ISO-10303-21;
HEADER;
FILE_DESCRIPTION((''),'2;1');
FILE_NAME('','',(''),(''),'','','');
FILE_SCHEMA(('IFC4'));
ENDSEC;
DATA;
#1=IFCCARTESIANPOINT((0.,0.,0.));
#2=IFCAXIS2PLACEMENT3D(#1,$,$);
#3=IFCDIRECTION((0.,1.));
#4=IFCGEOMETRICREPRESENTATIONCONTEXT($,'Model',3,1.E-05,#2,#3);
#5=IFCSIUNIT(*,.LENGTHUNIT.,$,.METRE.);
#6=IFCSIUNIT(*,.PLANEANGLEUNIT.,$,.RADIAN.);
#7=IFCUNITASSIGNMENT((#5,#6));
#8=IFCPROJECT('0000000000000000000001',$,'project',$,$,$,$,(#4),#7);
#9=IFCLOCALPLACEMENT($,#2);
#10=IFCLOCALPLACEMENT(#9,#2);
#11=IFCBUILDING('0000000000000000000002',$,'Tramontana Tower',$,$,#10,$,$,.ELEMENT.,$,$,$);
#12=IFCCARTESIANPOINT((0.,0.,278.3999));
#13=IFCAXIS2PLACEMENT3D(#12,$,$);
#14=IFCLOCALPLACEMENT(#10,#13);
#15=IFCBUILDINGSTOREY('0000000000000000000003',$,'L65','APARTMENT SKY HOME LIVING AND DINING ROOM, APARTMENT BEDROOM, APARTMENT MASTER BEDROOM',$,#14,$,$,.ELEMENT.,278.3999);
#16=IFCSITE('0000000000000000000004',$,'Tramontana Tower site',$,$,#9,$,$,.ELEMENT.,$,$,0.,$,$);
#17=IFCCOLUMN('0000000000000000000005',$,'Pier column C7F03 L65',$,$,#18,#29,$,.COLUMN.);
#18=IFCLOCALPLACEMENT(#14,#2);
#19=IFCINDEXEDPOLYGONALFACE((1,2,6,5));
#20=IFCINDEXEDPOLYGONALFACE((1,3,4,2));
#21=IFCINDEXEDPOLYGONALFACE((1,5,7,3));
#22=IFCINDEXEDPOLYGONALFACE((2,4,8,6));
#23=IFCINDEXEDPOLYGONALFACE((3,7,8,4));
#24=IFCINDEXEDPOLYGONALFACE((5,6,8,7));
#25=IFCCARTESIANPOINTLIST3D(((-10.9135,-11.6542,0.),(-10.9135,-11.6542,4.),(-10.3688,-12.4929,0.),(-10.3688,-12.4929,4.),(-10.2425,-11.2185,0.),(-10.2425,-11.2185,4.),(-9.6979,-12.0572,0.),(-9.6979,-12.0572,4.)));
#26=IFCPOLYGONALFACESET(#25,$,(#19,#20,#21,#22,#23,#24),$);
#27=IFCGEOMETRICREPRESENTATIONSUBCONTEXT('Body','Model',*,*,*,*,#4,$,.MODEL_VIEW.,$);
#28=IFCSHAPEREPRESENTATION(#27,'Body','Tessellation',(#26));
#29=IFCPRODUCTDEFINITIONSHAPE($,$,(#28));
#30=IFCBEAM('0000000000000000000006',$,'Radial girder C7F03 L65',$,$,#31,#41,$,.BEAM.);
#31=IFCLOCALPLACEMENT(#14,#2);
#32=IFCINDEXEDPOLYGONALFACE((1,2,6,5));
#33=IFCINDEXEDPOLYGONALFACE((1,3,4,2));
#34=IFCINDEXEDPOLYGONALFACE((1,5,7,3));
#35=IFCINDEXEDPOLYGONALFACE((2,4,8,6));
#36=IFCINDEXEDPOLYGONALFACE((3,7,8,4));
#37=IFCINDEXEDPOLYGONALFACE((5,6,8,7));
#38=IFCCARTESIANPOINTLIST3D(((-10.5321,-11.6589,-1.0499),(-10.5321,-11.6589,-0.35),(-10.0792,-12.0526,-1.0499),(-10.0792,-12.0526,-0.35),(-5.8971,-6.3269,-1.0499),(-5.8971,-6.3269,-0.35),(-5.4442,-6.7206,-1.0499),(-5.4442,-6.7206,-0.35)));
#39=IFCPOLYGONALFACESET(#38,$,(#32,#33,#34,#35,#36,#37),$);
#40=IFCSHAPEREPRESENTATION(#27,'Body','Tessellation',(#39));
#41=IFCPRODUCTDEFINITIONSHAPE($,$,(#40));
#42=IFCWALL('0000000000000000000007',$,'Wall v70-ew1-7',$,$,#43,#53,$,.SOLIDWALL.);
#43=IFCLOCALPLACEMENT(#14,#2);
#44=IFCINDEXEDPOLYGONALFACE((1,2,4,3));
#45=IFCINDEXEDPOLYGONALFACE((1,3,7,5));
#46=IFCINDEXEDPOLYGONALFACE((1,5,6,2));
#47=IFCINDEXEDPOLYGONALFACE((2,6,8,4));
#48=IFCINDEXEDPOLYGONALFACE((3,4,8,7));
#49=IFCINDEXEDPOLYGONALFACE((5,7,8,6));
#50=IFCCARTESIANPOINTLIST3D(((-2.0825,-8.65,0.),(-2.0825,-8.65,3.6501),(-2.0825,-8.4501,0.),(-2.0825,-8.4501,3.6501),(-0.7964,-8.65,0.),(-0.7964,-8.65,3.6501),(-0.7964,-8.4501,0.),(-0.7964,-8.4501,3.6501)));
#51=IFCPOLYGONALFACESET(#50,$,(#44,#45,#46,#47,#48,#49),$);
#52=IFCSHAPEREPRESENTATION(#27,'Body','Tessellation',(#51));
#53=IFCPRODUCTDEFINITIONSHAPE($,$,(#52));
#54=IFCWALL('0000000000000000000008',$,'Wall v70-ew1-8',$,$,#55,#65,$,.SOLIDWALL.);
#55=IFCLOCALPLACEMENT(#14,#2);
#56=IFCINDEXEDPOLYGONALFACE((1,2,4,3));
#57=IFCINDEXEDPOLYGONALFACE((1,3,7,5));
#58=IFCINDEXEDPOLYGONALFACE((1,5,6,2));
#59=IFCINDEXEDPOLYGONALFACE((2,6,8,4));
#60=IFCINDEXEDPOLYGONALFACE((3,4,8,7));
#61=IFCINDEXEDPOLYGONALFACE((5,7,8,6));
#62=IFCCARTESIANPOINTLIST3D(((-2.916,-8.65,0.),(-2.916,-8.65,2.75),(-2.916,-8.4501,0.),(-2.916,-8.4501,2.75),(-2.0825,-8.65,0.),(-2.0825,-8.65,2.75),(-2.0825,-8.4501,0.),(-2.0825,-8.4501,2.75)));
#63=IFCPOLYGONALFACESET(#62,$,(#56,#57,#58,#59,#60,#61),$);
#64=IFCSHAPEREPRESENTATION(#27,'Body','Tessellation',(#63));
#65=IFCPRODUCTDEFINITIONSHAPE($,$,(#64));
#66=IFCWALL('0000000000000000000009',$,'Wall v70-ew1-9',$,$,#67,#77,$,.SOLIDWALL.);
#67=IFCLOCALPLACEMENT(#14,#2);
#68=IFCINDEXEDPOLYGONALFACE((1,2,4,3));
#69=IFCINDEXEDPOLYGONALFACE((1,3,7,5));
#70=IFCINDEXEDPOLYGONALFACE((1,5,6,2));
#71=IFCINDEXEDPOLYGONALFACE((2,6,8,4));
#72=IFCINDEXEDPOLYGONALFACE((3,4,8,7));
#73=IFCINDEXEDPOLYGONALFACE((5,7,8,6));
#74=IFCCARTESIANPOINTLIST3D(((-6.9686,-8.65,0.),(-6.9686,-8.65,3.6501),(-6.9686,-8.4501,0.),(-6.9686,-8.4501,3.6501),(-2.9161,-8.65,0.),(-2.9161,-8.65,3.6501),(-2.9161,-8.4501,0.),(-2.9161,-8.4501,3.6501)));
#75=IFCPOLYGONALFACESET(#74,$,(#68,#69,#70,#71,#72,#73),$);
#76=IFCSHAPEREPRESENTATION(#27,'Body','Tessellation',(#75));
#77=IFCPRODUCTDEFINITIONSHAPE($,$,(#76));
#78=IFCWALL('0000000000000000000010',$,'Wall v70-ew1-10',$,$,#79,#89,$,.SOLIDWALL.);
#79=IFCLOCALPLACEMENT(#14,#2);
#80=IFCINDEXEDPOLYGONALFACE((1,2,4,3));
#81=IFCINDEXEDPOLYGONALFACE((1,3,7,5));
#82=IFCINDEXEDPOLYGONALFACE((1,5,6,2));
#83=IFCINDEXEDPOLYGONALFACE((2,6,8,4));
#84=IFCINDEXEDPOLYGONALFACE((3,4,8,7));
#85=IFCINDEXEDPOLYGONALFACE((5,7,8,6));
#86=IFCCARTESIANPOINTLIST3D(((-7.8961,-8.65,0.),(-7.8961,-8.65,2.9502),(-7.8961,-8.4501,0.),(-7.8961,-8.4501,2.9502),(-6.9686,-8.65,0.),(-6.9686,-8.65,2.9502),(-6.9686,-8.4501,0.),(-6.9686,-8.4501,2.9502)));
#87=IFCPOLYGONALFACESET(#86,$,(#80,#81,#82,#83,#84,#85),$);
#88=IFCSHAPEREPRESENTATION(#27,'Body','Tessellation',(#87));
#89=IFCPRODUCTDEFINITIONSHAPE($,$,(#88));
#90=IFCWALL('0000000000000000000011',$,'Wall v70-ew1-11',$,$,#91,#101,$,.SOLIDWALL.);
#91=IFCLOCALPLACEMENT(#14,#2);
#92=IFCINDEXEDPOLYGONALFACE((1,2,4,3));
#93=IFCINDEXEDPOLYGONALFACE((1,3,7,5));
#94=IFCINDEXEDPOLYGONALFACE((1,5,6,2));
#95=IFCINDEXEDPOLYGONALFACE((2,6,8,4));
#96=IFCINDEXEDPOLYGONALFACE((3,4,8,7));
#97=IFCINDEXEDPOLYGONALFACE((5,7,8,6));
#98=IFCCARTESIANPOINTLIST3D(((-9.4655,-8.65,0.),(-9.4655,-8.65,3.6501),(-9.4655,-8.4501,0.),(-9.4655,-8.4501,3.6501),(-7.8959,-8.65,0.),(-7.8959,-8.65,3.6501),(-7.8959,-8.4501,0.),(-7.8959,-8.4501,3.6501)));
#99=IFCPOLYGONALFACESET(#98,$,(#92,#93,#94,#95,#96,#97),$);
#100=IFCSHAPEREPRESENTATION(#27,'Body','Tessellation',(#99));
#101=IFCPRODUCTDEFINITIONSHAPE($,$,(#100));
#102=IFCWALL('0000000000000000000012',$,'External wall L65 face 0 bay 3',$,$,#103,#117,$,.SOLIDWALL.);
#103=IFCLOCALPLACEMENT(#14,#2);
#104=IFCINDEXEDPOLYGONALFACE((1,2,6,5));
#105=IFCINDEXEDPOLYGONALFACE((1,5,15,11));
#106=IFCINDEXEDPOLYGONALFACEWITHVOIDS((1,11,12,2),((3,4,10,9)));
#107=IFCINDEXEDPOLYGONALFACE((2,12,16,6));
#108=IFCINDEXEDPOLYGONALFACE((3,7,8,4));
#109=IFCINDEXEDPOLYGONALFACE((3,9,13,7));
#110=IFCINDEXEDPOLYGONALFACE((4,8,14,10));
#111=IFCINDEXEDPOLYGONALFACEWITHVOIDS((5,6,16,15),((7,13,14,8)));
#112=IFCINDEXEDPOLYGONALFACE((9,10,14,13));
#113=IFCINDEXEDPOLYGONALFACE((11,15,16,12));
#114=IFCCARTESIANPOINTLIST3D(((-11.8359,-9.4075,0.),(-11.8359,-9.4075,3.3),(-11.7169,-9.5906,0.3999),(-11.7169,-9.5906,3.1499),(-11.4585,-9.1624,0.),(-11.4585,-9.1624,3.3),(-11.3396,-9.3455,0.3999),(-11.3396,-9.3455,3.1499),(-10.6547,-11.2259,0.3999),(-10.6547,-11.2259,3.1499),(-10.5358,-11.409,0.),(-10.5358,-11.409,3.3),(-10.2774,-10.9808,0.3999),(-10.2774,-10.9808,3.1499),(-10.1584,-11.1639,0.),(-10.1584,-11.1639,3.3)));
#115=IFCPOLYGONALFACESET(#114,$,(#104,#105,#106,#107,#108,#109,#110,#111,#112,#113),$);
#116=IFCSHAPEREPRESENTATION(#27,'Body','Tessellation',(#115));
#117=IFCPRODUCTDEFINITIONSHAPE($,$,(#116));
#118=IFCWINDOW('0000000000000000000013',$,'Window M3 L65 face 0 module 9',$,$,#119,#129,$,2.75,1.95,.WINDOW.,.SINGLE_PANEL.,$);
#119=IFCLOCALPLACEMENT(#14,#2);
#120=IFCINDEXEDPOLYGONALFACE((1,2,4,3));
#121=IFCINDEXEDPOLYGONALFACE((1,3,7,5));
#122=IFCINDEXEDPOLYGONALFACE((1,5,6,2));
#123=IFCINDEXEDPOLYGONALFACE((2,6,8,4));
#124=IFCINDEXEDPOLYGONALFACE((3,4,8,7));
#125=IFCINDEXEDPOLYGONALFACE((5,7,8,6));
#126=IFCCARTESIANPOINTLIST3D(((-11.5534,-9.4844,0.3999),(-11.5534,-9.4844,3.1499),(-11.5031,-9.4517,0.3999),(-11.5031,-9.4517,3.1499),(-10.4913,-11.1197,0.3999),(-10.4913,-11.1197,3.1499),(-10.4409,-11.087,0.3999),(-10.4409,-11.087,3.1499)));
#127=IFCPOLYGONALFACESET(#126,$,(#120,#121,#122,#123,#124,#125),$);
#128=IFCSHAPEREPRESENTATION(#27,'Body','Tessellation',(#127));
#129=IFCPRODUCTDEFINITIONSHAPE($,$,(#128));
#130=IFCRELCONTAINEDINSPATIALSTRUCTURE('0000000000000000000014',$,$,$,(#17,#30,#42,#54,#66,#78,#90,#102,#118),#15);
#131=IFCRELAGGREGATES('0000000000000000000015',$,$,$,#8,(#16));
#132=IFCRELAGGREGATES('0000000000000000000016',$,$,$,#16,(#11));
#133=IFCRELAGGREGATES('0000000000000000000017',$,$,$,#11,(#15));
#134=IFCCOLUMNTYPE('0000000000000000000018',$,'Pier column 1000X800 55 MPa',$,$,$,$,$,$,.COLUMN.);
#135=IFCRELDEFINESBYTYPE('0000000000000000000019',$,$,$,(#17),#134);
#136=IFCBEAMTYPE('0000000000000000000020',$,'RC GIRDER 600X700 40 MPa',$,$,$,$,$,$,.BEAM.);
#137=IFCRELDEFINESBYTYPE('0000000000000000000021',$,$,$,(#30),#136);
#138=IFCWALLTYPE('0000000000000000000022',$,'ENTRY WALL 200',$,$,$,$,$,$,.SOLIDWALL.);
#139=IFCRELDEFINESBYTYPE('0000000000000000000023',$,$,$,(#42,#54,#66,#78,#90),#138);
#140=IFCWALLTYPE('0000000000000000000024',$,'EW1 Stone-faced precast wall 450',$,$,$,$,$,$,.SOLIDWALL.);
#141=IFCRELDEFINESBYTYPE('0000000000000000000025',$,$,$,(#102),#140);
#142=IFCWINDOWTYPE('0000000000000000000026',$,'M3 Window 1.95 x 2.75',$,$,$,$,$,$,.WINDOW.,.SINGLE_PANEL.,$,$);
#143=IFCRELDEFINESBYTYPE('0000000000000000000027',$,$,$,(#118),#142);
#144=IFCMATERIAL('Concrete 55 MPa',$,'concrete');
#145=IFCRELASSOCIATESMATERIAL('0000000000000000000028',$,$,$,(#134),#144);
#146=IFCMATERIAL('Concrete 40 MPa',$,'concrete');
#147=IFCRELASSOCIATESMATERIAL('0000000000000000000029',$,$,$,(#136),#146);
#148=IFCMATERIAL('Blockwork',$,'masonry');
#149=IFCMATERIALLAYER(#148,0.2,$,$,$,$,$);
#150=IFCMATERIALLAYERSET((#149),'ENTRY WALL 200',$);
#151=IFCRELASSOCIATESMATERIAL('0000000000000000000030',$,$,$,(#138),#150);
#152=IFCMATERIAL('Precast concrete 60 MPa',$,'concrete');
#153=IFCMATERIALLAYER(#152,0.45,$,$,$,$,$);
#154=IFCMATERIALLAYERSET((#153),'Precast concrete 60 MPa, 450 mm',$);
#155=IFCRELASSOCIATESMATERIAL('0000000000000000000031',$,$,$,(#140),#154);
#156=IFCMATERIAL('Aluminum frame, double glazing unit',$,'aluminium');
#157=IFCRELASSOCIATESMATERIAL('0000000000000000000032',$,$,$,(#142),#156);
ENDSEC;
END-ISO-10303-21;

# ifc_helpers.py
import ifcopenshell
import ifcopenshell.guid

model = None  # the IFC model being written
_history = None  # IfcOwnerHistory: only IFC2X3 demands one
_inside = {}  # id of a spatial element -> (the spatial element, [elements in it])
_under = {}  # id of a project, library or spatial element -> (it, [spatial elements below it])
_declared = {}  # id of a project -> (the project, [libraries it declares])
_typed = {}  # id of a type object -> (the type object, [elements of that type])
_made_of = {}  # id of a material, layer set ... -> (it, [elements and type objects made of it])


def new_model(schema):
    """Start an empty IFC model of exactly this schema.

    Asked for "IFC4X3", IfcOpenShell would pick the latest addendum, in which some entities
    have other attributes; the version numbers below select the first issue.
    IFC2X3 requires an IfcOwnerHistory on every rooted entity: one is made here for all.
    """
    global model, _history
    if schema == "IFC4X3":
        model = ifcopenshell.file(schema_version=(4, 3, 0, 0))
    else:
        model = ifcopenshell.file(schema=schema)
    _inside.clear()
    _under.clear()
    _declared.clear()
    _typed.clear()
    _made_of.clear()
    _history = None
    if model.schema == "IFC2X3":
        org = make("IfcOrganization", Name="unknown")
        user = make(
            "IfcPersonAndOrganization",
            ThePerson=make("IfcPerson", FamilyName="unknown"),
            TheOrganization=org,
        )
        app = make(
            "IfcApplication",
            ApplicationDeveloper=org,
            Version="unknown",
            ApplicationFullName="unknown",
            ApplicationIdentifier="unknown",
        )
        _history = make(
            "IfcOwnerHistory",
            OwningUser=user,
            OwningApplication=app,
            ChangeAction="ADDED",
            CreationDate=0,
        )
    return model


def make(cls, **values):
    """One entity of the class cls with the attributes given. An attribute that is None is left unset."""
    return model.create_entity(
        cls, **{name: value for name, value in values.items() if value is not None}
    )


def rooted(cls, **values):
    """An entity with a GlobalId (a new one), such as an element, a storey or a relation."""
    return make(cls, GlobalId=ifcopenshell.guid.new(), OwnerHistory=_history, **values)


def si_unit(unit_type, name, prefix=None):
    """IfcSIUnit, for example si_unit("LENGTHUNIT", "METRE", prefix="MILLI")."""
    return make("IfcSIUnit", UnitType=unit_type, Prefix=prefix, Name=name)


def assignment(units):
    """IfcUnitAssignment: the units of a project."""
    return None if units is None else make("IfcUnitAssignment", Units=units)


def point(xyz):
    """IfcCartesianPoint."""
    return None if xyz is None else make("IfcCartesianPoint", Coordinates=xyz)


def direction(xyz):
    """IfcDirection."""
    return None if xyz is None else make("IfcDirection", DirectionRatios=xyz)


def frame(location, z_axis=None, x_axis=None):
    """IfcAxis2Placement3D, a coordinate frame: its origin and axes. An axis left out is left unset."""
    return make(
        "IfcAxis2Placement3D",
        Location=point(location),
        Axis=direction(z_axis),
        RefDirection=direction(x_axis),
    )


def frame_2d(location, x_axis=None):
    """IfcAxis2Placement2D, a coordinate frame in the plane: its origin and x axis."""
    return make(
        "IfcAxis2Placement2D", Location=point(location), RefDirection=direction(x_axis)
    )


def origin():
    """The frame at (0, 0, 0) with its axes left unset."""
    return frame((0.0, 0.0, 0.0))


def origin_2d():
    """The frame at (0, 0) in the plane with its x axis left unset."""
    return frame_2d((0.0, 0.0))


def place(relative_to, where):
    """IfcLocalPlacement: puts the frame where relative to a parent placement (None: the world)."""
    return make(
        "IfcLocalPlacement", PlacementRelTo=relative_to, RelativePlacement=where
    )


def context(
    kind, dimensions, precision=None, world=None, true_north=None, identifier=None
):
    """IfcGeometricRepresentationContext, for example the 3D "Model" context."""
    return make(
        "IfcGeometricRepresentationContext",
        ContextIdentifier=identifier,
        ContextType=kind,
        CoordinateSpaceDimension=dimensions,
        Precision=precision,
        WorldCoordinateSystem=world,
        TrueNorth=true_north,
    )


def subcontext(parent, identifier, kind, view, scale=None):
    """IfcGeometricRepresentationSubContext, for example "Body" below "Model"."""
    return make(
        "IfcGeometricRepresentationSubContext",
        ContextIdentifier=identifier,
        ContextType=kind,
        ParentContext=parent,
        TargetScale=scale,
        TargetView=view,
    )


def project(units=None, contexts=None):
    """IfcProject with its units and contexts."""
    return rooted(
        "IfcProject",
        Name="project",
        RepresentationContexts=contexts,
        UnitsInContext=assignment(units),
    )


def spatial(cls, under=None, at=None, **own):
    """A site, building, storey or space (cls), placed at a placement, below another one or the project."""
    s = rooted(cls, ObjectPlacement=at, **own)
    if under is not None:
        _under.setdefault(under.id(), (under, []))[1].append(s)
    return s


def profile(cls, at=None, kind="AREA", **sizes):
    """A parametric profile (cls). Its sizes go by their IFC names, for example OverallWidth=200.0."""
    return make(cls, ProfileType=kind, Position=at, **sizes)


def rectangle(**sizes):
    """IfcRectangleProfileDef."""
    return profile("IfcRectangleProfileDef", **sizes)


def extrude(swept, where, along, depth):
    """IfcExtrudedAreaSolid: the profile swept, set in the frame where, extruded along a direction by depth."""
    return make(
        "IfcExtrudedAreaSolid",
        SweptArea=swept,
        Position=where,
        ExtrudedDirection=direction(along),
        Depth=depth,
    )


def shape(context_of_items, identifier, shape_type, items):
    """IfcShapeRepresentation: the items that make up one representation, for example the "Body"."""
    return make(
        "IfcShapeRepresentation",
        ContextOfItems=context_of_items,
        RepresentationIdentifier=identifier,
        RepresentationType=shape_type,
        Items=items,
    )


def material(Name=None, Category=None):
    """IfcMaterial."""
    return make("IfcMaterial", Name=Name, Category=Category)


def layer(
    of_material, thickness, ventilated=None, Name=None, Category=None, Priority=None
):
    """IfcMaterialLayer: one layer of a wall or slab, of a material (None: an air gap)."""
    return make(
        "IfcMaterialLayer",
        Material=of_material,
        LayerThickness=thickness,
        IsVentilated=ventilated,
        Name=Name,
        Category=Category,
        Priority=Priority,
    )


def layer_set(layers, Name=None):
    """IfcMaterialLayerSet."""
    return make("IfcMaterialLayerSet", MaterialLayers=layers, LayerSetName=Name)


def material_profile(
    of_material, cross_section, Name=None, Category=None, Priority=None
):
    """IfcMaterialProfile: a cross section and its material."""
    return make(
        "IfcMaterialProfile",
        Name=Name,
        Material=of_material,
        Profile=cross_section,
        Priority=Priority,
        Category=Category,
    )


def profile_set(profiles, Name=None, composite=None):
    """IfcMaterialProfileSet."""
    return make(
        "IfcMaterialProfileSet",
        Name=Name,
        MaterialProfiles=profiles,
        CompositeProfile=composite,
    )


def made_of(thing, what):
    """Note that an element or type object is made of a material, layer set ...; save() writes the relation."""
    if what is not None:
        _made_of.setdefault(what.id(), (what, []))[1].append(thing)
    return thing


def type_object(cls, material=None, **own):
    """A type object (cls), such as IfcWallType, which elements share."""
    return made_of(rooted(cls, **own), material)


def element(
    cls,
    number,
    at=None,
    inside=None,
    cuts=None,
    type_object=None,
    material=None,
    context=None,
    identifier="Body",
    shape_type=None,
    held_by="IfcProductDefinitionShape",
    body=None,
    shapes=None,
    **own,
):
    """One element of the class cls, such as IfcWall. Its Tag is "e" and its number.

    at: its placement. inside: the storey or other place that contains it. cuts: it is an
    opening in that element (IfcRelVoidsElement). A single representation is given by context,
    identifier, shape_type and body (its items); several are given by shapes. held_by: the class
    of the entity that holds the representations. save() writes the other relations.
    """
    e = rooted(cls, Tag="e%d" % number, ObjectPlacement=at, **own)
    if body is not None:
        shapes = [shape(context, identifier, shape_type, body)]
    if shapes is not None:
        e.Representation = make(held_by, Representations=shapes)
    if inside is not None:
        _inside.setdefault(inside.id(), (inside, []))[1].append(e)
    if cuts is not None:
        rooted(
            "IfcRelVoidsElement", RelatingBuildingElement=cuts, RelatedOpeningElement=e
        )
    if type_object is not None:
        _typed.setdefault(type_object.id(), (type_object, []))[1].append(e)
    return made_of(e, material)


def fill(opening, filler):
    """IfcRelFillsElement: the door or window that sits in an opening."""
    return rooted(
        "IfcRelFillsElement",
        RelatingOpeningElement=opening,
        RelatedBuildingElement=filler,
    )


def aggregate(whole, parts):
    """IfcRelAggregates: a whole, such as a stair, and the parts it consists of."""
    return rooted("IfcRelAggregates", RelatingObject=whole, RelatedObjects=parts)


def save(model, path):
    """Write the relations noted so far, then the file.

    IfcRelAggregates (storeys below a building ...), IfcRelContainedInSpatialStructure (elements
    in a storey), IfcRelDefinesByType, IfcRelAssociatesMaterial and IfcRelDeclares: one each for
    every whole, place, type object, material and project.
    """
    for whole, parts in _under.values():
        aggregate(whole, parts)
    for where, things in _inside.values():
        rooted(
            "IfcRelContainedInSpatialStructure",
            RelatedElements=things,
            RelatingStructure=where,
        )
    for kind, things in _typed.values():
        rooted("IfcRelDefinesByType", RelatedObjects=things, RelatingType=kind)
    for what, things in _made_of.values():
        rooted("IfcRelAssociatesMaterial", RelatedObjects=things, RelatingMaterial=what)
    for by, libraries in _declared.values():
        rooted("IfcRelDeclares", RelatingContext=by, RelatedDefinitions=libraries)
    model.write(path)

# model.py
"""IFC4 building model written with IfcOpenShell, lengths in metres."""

from ifc_helpers import new_model, si_unit, direction, frame, frame_2d, origin, origin_2d, place, context, subcontext, project, spatial, rectangle, extrude, material, layer, layer_set, material_profile, profile_set, type_object, element, fill, save


model = new_model("IFC4")

# Units and contexts
model_context = context("Model", 3, precision=1e-05, world=origin(), true_north=direction((0.0, 1.0)))
body_context = subcontext(model_context, "Body", "Model", "MODEL_VIEW")
ifc_project = project(units=[si_unit("LENGTHUNIT", "METRE"), si_unit("PLANEANGLEUNIT", "RADIAN")], contexts=[model_context])

# Site, building, storey
site_placement = place(None, origin())
site = spatial("IfcSite", under=ifc_project, at=site_placement, Name="Tramontana Tower site", CompositionType="ELEMENT", RefElevation=0.0)
building_placement = place(site_placement, origin())
building = spatial("IfcBuilding", under=site, at=building_placement, Name="Tramontana Tower", CompositionType="ELEMENT")
storey_placement = place(building_placement, frame((0.0, 0.0, 278.3999)))
storey = spatial("IfcBuildingStorey", under=building, at=storey_placement, Name="L65", Description="APARTMENT SKY HOME LIVING AND DINING ROOM, APARTMENT BEDROOM, APARTMENT MASTER BEDROOM", CompositionType="ELEMENT", Elevation=278.3999)

# Column
ifc_material_1 = material(Name="Concrete 55 MPa", Category="concrete")
ifc_material_profile_1 = material_profile(ifc_material_1, rectangle(XDim=1.0, YDim=0.8, at=origin_2d()), Name="Pier column 1000X800 55 MPa")
ifc_profile_set_1 = profile_set([ifc_material_profile_1], Name="Concrete 55 MPa")
column_type = type_object("IfcColumnType", Name="Pier column 1000X800 55 MPa", PredefinedType="COLUMN", material=ifc_profile_set_1)
column_placement = place(storey_placement, frame((-10.3057, -11.8557, 0.0), z_axis=(0.0, 0.0, 1.0), x_axis=(0.544639, -0.838671, 0.0)))
element("IfcColumn", 1, at=column_placement, inside=storey, type_object=column_type, Name="Pier column C7F03 L65", PredefinedType="COLUMN", context=body_context, shape_type="SweptSolid", body=[
    extrude(rectangle(XDim=1.0, YDim=0.8, at=origin_2d()), origin(), (0.0, 0.0, 1.0), 4.0),
])

# Beam
ifc_material_2 = material(Name="Concrete 40 MPa", Category="concrete")
ifc_material_profile_2 = material_profile(ifc_material_2, rectangle(XDim=0.6001, YDim=0.7, at=origin_2d()), Name="RC GIRDER 600X700 40 MPa")
ifc_profile_set_2 = profile_set([ifc_material_profile_2], Name="Concrete 40 MPa")
beam_type = type_object("IfcBeamType", Name="RC GIRDER 600X700 40 MPa", PredefinedType="BEAM", material=ifc_profile_set_2)
beam_placement = place(storey_placement, frame((-10.3057, -11.8557, -0.7), z_axis=(0.656055, 0.754713, 0.0), x_axis=(-0.754713, 0.656055, 0.0)))
element("IfcBeam", 2, at=beam_placement, inside=storey, type_object=beam_type, Name="Radial girder C7F03 L65", PredefinedType="BEAM", context=body_context, shape_type="SweptSolid", body=[
    extrude(rectangle(XDim=0.6001, YDim=0.7, at=origin_2d()), origin(), (0.0, 0.0, 1.0), 7.0649),
])

# Walls
ifc_material_3 = material(Name="Blockwork", Category="masonry")
ifc_layer_1 = layer(ifc_material_3, 0.2)
ifc_layer_set_1 = layer_set([ifc_layer_1], Name="ENTRY WALL 200")
wall_type_1 = type_object("IfcWallType", Name="ENTRY WALL 200", PredefinedType="SOLIDWALL", material=ifc_layer_set_1)
wall_1_placement = place(storey_placement, frame((-0.7964, -8.55, 0.0), z_axis=(0.0, 0.0, 1.0), x_axis=(-1.0, 0.0, 0.0)))
element("IfcWall", 3, at=wall_1_placement, inside=storey, type_object=wall_type_1, Name="Wall v70-ew1-7", PredefinedType="SOLIDWALL", context=body_context, shape_type="SweptSolid", body=[
    extrude(rectangle(XDim=1.2861, YDim=0.2, at=frame_2d((0.6431, 0.0))), origin(), (0.0, 0.0, 1.0), 3.6501),
])
wall_2_placement = place(storey_placement, frame((-2.0825, -8.55, 0.0), z_axis=(0.0, 0.0, 1.0), x_axis=(-1.0, 0.0, 0.0)))
element("IfcWall", 4, at=wall_2_placement, inside=storey, type_object=wall_type_1, Name="Wall v70-ew1-8", PredefinedType="SOLIDWALL", context=body_context, shape_type="SweptSolid", body=[
    extrude(rectangle(XDim=0.8335, YDim=0.2, at=frame_2d((0.4167, 0.0))), origin(), (0.0, 0.0, 1.0), 2.75),
])
wall_3_placement = place(storey_placement, frame((-2.916, -8.55, 0.0), z_axis=(0.0, 0.0, 1.0), x_axis=(-1.0, 0.0, 0.0)))
element("IfcWall", 5, at=wall_3_placement, inside=storey, type_object=wall_type_1, Name="Wall v70-ew1-9", PredefinedType="SOLIDWALL", context=body_context, shape_type="SweptSolid", body=[
    extrude(rectangle(XDim=4.0525, YDim=0.2, at=frame_2d((2.0264, 0.0))), origin(), (0.0, 0.0, 1.0), 3.6501),
])
wall_4_placement = place(storey_placement, frame((-6.9685, -8.55, 0.0), z_axis=(0.0, 0.0, 1.0), x_axis=(-1.0, 0.0, 0.0)))
element("IfcWall", 6, at=wall_4_placement, inside=storey, type_object=wall_type_1, Name="Wall v70-ew1-10", PredefinedType="SOLIDWALL", context=body_context, shape_type="SweptSolid", body=[
    extrude(rectangle(XDim=0.9275, YDim=0.2, at=frame_2d((0.4639, 0.0))), origin(), (0.0, 0.0, 1.0), 2.9502),
])
wall_5_placement = place(storey_placement, frame((-7.896, -8.55, 0.0), z_axis=(0.0, 0.0, 1.0), x_axis=(-1.0, 0.0, 0.0)))
element("IfcWall", 7, at=wall_5_placement, inside=storey, type_object=wall_type_1, Name="Wall v70-ew1-11", PredefinedType="SOLIDWALL", context=body_context, shape_type="SweptSolid", body=[
    extrude(rectangle(XDim=1.5696, YDim=0.2, at=frame_2d((0.7847, 0.0))), origin(), (0.0, 0.0, 1.0), 3.6501),
])

# Wall, opening, window
ifc_material_4 = material(Name="Precast concrete 60 MPa", Category="concrete")
ifc_layer_2 = layer(ifc_material_4, 0.45)
ifc_layer_set_2 = layer_set([ifc_layer_2], Name="Precast concrete 60 MPa, 450 mm")
wall_type_2 = type_object("IfcWallType", Name="EW1 Stone-faced precast wall 450", PredefinedType="SOLIDWALL", material=ifc_layer_set_2)
wall_6_placement = place(storey_placement, frame((-11.6472, -9.2849, 0.0), z_axis=(0.0, 0.0, 1.0), x_axis=(0.544722, -0.838617, 0.0)))
wall_6 = element("IfcWall", 8, at=wall_6_placement, inside=storey, type_object=wall_type_2, Name="External wall L65 face 0 bay 3", PredefinedType="SOLIDWALL", context=body_context, shape_type="SweptSolid", body=[
    extrude(rectangle(XDim=2.3867, YDim=0.45, at=frame_2d((1.1934, 0.0))), origin(), (0.0, 0.0, 1.0), 3.3),
])
opening_1_placement = place(wall_6_placement, frame((0.2183, 0.0, 0.3999)))
opening_1 = element("IfcOpeningElement", 9, at=opening_1_placement, cuts=wall_6, PredefinedType="OPENING", context=body_context, shape_type="SweptSolid", body=[
    extrude(rectangle(XDim=1.95, YDim=2.75, at=frame_2d((0.9751, 1.375))), frame((0.0, 0.2349, 0.0), z_axis=(0.0, -1.0, 0.0), x_axis=(1.0, 0.0, 0.0)), (0.0, 0.0, 1.0), 0.47),
])
ifc_material_5 = material(Name="Aluminum frame, double glazing unit", Category="aluminium")
window_type_1 = type_object("IfcWindowType", Name="M3 Window 1.95 x 2.75", PartitioningType="SINGLE_PANEL", PredefinedType="WINDOW", material=ifc_material_5)
window_1_placement = place(opening_1_placement, origin())
window_1 = element("IfcWindow", 10, at=window_1_placement, inside=storey, type_object=window_type_1, Name="Window M3 L65 face 0 module 9", OverallHeight=2.75, OverallWidth=1.95, PartitioningType="SINGLE_PANEL", PredefinedType="WINDOW", context=body_context, shape_type="SweptSolid", body=[
    extrude(rectangle(XDim=1.95, YDim=2.75, at=frame_2d((0.9751, 1.375))), frame((0.0, 0.03, 0.0), z_axis=(0.0, -1.0, 0.0), x_axis=(1.0, 0.0, 0.0)), (0.0, 0.0, 1.0), 0.0601),
])
fill(opening_1, window_1)

save(model, "model.ifc")
